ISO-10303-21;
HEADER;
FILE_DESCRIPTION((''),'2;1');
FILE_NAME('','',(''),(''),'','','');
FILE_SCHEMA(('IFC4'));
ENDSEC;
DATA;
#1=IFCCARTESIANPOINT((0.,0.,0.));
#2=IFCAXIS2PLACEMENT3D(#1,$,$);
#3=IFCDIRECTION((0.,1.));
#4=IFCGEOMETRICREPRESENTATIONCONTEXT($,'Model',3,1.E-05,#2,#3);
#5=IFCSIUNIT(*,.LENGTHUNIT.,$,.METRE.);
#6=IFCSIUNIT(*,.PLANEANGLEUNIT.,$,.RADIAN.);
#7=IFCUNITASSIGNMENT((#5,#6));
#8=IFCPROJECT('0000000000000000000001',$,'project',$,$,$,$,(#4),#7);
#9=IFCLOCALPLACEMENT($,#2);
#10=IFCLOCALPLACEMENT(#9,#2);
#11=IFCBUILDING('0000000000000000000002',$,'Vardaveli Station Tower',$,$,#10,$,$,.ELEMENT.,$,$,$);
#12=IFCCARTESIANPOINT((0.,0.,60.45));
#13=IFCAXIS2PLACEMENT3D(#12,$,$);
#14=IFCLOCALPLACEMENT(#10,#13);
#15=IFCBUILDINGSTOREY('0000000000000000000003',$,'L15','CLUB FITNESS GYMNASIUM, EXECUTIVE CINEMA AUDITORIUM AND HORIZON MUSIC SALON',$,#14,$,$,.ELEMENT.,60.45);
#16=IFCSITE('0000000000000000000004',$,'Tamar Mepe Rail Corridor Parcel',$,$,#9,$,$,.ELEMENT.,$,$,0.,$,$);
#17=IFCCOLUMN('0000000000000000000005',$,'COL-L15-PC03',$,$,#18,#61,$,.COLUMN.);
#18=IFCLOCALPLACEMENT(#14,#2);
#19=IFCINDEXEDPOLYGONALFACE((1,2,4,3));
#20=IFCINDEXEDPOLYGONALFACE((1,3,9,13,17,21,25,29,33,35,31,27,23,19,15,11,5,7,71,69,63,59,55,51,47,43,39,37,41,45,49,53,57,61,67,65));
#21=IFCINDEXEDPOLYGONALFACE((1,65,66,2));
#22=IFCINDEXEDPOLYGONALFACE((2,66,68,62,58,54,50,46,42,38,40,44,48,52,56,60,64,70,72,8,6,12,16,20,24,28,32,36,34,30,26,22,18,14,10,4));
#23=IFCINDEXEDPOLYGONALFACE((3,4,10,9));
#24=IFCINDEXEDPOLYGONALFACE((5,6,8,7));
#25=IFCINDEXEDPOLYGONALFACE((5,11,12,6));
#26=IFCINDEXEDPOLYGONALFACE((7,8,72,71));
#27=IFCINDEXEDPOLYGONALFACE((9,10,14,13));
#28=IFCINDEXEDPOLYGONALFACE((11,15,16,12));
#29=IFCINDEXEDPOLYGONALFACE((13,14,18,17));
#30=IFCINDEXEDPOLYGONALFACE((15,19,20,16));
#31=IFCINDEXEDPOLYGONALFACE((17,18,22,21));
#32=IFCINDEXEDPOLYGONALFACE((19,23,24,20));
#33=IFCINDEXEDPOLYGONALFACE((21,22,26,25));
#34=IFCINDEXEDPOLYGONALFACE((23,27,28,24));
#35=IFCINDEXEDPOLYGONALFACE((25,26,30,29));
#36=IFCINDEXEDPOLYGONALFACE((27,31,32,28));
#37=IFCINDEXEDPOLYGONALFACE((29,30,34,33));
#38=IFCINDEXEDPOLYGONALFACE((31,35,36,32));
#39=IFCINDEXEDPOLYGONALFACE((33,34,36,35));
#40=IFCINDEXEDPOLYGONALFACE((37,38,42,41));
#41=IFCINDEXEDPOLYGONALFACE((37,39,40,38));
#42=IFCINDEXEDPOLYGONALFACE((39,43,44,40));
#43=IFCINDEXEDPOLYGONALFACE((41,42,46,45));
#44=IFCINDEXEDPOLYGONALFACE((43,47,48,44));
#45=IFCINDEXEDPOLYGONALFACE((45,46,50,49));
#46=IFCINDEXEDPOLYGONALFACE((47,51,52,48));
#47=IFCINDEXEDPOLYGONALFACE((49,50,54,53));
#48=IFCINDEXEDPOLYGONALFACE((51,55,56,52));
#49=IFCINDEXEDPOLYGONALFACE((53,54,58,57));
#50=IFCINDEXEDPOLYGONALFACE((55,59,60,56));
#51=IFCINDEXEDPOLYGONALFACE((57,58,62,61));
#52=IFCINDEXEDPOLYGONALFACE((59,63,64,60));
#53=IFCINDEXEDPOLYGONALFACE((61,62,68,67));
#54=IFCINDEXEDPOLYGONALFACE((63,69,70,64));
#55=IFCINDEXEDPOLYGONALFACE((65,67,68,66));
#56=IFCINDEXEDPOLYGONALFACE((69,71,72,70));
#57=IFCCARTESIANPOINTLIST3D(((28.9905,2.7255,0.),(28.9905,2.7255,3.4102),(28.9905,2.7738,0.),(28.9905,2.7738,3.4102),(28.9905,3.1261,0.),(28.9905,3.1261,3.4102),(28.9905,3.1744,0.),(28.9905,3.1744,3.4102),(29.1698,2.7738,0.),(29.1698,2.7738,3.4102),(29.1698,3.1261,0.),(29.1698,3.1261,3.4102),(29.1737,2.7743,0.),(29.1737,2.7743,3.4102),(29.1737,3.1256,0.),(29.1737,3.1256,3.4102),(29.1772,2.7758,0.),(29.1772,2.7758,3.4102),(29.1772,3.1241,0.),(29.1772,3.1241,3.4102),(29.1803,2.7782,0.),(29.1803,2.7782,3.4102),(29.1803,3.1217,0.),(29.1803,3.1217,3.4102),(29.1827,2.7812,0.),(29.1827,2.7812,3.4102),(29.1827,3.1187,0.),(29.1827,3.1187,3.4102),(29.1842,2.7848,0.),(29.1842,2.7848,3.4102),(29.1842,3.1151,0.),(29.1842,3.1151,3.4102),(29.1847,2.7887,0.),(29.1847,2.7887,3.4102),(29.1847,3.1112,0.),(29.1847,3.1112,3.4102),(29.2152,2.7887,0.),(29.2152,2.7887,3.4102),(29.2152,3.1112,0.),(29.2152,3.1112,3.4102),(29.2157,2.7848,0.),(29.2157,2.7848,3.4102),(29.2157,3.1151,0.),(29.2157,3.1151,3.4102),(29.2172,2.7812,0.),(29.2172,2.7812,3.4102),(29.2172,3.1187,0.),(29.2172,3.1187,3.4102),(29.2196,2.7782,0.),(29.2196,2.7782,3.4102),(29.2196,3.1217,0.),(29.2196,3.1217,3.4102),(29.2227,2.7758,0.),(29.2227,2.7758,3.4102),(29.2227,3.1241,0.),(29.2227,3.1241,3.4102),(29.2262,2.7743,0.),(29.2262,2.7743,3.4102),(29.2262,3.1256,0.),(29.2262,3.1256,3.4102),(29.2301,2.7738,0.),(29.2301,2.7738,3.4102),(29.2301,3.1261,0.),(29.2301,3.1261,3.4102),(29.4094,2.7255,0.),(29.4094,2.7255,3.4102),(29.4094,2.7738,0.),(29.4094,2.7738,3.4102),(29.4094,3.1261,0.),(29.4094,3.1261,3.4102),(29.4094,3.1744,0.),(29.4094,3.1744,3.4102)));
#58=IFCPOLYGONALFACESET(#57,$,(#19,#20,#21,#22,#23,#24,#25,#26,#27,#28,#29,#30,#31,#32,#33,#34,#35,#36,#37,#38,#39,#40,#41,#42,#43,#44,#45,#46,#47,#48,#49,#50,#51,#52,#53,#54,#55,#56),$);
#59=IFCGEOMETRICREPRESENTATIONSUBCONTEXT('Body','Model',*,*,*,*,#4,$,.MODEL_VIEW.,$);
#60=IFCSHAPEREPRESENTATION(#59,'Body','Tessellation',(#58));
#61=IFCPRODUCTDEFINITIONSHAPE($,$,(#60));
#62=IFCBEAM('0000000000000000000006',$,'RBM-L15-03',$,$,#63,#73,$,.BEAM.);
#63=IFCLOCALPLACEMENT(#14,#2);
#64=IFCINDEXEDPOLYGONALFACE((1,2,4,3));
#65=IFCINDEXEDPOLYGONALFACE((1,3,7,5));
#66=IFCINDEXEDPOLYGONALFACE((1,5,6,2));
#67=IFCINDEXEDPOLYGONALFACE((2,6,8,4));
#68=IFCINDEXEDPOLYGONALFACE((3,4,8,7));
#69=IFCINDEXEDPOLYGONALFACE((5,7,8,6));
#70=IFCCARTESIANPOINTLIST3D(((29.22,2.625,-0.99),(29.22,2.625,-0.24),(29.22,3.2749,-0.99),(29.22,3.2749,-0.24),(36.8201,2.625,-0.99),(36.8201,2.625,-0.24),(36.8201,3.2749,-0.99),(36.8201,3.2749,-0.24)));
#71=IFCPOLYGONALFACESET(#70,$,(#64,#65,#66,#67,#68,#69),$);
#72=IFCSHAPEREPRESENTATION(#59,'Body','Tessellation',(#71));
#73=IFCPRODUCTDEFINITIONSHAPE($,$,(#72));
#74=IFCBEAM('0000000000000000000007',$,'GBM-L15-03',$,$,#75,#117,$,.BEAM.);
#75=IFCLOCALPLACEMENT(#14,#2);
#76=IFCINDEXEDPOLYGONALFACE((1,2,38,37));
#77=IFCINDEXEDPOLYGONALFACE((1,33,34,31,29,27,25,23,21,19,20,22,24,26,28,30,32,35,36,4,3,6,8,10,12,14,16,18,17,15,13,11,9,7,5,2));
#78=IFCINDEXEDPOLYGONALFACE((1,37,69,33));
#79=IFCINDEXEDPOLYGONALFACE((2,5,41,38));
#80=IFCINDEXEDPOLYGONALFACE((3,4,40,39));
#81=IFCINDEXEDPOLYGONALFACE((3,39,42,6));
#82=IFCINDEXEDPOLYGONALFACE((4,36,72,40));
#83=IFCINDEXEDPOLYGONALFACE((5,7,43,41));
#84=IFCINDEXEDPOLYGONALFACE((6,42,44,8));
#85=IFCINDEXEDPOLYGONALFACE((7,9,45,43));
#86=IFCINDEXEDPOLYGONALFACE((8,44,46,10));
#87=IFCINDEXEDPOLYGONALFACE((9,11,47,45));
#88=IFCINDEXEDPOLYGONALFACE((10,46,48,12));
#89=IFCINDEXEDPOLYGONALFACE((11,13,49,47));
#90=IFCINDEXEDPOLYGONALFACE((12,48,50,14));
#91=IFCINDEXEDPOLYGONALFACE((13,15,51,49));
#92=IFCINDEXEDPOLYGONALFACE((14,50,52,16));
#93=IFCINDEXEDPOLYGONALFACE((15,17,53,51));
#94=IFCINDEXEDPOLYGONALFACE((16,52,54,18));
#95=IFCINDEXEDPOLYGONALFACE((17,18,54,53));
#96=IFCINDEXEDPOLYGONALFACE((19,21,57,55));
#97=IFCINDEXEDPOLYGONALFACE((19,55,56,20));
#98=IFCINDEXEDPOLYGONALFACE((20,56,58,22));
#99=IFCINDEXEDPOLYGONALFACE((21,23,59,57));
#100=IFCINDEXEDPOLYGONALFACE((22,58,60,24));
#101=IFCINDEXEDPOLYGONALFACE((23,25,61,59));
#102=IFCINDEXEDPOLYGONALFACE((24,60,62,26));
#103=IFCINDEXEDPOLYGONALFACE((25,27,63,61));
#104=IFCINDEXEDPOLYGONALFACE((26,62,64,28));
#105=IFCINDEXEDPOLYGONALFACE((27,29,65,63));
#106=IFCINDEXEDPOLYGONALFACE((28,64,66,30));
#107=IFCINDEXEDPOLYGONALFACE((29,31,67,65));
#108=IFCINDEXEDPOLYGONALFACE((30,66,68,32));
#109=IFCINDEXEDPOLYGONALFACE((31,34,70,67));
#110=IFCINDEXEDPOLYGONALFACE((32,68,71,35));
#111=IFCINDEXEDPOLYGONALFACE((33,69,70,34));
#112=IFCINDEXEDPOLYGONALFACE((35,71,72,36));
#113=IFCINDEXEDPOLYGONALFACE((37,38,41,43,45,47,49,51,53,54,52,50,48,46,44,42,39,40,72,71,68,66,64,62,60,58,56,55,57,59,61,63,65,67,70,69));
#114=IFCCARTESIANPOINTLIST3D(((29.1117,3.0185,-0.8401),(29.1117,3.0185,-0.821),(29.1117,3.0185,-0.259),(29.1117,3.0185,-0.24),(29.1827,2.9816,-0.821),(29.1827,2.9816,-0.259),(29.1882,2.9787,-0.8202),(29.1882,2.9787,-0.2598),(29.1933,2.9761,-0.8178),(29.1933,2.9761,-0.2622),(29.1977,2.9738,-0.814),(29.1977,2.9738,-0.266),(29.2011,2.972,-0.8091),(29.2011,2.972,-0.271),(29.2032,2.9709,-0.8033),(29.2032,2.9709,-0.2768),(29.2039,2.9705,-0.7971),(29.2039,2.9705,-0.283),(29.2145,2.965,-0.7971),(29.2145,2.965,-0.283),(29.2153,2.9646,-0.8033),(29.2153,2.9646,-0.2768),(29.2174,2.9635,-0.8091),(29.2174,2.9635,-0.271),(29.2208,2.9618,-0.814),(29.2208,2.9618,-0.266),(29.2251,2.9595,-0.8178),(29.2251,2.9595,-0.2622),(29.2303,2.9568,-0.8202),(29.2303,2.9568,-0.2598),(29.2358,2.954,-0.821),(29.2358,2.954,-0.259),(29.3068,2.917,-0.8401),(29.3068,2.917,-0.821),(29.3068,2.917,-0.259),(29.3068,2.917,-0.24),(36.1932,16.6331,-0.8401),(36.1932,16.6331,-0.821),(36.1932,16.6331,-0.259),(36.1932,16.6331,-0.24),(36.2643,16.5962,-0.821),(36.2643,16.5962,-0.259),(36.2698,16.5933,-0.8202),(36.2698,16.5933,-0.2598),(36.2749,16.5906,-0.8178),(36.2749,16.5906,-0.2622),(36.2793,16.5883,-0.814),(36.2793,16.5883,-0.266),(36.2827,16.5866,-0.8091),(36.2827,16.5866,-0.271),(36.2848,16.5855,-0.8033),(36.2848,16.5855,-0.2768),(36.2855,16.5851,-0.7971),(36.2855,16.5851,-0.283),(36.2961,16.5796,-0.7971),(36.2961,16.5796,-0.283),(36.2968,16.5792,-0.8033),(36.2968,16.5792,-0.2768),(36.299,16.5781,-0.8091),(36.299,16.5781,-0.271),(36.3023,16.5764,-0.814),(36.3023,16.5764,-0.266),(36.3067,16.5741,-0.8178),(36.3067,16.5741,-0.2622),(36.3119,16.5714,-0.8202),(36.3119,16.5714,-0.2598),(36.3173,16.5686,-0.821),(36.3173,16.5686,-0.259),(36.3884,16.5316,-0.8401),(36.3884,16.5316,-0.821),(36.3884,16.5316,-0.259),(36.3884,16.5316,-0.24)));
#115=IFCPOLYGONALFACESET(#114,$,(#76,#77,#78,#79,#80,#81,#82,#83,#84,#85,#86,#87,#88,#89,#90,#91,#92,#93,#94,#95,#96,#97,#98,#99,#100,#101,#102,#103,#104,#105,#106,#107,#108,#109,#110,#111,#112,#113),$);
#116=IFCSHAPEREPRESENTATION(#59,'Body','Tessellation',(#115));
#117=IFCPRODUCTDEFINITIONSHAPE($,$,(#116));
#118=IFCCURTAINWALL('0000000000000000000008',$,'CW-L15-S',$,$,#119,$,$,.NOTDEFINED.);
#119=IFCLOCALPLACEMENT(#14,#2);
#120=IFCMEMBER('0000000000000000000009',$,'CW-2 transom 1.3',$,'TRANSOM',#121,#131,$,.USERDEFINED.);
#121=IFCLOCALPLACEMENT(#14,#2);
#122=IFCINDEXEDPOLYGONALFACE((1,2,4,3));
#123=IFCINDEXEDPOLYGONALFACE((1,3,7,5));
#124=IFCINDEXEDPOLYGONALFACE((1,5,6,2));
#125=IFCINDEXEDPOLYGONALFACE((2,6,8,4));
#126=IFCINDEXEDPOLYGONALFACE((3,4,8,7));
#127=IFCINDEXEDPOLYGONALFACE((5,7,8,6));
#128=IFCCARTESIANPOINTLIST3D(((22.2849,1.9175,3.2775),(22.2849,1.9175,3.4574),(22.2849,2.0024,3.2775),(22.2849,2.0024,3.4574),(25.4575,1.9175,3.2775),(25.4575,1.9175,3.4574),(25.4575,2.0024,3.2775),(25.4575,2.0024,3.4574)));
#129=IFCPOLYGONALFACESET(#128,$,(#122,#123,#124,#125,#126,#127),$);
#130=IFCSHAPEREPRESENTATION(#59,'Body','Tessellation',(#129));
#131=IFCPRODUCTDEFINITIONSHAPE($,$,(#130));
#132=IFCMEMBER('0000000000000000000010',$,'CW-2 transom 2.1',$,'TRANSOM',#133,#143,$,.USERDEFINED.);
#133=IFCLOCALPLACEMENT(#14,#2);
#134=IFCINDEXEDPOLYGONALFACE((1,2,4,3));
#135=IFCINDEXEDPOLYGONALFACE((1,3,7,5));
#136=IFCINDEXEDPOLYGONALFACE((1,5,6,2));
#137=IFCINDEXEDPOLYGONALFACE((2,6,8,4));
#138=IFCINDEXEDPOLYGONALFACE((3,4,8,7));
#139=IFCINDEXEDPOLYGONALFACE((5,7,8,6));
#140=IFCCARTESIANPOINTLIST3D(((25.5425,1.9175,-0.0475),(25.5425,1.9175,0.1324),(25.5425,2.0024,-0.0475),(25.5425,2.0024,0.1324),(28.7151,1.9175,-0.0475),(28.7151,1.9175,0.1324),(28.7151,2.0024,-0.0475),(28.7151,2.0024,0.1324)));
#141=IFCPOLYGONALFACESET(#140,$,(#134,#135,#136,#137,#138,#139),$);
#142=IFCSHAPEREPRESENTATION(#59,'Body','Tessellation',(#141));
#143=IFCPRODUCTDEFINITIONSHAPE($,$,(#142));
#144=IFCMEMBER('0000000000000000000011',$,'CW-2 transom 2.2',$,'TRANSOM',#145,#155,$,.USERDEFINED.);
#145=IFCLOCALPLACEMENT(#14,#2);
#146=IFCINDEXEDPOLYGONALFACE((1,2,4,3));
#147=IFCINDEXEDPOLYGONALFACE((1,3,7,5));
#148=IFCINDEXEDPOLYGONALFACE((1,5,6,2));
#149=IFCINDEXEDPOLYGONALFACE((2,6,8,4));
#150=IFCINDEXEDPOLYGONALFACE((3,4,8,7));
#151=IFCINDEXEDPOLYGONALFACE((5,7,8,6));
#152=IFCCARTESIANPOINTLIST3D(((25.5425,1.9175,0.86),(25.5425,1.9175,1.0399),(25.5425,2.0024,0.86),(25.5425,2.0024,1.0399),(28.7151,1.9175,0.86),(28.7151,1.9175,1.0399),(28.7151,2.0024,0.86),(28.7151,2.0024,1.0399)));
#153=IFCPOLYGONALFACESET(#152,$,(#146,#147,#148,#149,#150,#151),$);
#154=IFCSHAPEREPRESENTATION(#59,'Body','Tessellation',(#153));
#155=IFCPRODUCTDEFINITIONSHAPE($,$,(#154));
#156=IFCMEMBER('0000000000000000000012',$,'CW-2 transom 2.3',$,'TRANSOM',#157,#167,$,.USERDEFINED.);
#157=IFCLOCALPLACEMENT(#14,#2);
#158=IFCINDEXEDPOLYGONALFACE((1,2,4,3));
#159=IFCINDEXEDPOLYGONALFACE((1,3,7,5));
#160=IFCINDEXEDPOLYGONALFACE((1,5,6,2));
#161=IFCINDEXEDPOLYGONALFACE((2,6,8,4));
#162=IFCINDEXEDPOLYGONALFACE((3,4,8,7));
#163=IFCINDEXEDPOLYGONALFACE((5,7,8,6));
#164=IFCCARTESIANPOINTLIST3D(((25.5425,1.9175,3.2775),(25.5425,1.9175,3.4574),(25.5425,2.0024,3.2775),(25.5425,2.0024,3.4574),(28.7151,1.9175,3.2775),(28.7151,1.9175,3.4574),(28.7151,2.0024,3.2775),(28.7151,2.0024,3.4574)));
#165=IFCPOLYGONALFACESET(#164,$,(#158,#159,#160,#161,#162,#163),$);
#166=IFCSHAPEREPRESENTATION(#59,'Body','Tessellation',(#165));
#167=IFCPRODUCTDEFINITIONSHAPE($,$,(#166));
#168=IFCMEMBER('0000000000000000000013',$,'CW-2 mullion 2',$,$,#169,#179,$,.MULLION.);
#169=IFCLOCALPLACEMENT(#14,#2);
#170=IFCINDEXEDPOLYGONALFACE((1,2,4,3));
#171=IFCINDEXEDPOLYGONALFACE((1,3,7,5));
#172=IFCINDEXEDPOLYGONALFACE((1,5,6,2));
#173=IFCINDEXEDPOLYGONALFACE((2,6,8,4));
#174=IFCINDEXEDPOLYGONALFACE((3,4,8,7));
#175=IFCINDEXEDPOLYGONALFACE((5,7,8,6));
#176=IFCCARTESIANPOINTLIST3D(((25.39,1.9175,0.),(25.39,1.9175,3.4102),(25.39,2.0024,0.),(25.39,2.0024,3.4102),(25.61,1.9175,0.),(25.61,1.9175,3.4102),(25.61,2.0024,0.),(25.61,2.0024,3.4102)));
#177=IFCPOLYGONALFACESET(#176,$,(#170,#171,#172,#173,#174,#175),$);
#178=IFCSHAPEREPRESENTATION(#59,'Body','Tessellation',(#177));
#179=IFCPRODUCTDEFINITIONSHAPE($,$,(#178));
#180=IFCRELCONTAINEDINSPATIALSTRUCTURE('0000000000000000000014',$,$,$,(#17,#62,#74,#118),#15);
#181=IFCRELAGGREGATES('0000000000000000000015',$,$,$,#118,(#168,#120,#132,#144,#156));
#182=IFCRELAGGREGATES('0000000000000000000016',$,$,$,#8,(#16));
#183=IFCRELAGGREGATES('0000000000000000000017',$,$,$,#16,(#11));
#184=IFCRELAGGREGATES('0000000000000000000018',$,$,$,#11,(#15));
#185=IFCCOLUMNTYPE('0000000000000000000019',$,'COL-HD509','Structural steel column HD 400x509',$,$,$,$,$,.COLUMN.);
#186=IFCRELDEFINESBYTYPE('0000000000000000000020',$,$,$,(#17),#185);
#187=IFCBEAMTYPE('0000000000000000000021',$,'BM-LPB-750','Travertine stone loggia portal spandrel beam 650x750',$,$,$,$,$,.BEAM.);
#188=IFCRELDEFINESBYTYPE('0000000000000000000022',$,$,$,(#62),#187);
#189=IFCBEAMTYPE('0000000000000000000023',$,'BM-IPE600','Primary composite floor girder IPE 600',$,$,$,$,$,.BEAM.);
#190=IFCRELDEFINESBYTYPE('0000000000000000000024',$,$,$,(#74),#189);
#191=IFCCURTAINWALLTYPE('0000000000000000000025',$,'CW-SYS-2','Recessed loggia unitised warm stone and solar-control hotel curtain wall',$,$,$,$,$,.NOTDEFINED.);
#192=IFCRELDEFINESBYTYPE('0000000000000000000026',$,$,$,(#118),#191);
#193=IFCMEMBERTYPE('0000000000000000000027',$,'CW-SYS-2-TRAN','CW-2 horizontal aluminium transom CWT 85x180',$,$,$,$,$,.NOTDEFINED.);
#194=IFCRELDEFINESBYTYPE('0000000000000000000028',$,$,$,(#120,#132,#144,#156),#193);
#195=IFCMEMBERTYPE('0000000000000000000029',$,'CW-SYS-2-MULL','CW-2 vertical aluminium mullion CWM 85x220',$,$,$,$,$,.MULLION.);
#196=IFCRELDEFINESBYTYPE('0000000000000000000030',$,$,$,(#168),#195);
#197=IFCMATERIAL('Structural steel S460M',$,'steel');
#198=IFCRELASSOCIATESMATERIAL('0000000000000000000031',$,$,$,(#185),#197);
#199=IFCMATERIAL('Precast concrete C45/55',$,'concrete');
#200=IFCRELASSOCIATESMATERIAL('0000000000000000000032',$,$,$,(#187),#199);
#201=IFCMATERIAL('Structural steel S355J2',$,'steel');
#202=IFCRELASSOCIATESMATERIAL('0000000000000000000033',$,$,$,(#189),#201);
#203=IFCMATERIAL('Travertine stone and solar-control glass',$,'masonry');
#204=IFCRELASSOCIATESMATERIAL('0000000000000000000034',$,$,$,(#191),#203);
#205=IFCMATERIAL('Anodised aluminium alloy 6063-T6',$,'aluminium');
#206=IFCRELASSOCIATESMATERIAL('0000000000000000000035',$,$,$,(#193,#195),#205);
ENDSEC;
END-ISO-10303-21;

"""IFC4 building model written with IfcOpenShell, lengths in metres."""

from ifc_helpers import new_model, si_unit, direction, frame, origin, origin_2d, place, context, subcontext, project, spatial, rectangle, i_section, extrude, source, transform, mapped, material, material_profile, profile_set, type_object, element, aggregate, save


model = new_model("IFC4")

# Units and contexts
model_context = context("Model", 3, precision=1e-05, world=origin(), true_north=direction((0.0, 1.0)))
body_context = subcontext(model_context, "Body", "Model", "MODEL_VIEW")
ifc_project = project(units=[si_unit("LENGTHUNIT", "METRE"), si_unit("PLANEANGLEUNIT", "RADIAN")], contexts=[model_context])

# Site, building, storey
site_placement = place(None, origin())
site = spatial("IfcSite", under=ifc_project, at=site_placement, Name="Tamar Mepe Rail Corridor Parcel", CompositionType="ELEMENT", RefElevation=0.0)
building_placement = place(site_placement, origin())
building = spatial("IfcBuilding", under=site, at=building_placement, Name="Vardaveli Station Tower", CompositionType="ELEMENT")
storey_placement = place(building_placement, frame((0.0, 0.0, 60.45)))
storey = spatial("IfcBuildingStorey", under=building, at=storey_placement, Name="L15", Description="CLUB FITNESS GYMNASIUM, EXECUTIVE CINEMA AUDITORIUM AND HORIZON MUSIC SALON", CompositionType="ELEMENT", Elevation=60.45)

# Column
ifc_material_1 = material(Name="Structural steel S460M", Category="steel")
ifc_material_profile_1 = material_profile(ifc_material_1, i_section(OverallWidth=0.4189, OverallDepth=0.449, WebThickness=0.0305, FlangeThickness=0.0483, FilletRadius=0.0149, at=origin_2d()), Name="HD 400x509")
ifc_profile_set_1 = profile_set([ifc_material_profile_1], Name="Structural steel S460M")
column_type = type_object("IfcColumnType", Name="COL-HD509", Description="Structural steel column HD 400x509", PredefinedType="COLUMN", material=ifc_profile_set_1)
shared_shape_1 = source(origin(), body_context, "Body", "SweptSolid", [
    extrude(i_section(OverallWidth=0.4189, OverallDepth=0.449, WebThickness=0.0305, FlangeThickness=0.0483, FilletRadius=0.0149, at=origin_2d()), origin(), (0.0, 0.0, 1.0), 3.4102),
])
column_placement = place(storey_placement, frame((29.2, 2.95, 0.0), z_axis=(0.0, 0.0, 1.0), x_axis=(1.0, 0.0, 0.0)))
element("IfcColumn", 1, at=column_placement, inside=storey, type_object=column_type, Name="COL-L15-PC03", PredefinedType="COLUMN", context=body_context, shape_type="MappedRepresentation", body=[
    mapped(shared_shape_1, transform((0.0, 0.0, 0.0), scale=1.0)),
])

# Beams
ifc_material_2 = material(Name="Precast concrete C45/55", Category="concrete")
ifc_material_profile_2 = material_profile(ifc_material_2, rectangle(XDim=0.6499, YDim=0.75, at=origin_2d()), Name="LPB 650x750")
ifc_profile_set_2 = profile_set([ifc_material_profile_2], Name="Precast concrete C45/55")
beam_type_1 = type_object("IfcBeamType", Name="BM-LPB-750", Description="Travertine stone loggia portal spandrel beam 650x750", PredefinedType="BEAM", material=ifc_profile_set_2)
shared_shape_2 = source(origin(), body_context, "Body", "SweptSolid", [
    extrude(rectangle(XDim=0.6499, YDim=0.75, at=origin_2d()), origin(), (0.0, 0.0, 1.0), 7.6001),
])
beam_1_placement = place(storey_placement, frame((29.22, 2.95, -0.615), z_axis=(1.0, 0.0, 0.0), x_axis=(0.0, 1.0, 0.0)))
element("IfcBeam", 2, at=beam_1_placement, inside=storey, type_object=beam_type_1, Name="RBM-L15-03", PredefinedType="BEAM", context=body_context, shape_type="MappedRepresentation", body=[
    mapped(shared_shape_2, transform((0.0, 0.0, 0.0), scale=1.0)),
])
ifc_material_3 = material(Name="Structural steel S355J2", Category="steel")
ifc_material_profile_3 = material_profile(ifc_material_3, i_section(OverallWidth=0.22, OverallDepth=0.6001, WebThickness=0.012, FlangeThickness=0.019, FilletRadius=0.0239, at=origin_2d()), Name="IPE 600")
ifc_profile_set_3 = profile_set([ifc_material_profile_3], Name="Structural steel S355J2")
beam_type_2 = type_object("IfcBeamType", Name="BM-IPE600", Description="Primary composite floor girder IPE 600", PredefinedType="BEAM", material=ifc_profile_set_3)
shared_shape_3 = source(origin(), body_context, "Body", "SweptSolid", [
    extrude(i_section(OverallWidth=0.22, OverallDepth=0.6001, WebThickness=0.012, FlangeThickness=0.019, FilletRadius=0.0239, at=origin_2d()), origin(), (0.0, 0.0, 1.0), 15.3462),
])
beam_2_placement = place(storey_placement, frame((29.2092, 2.9678, -0.54), z_axis=(0.461455, 0.887163, 0.0), x_axis=(-0.887163, 0.461455, 0.0)))
element("IfcBeam", 3, at=beam_2_placement, inside=storey, type_object=beam_type_2, Name="GBM-L15-03", PredefinedType="BEAM", context=body_context, shape_type="MappedRepresentation", body=[
    mapped(shared_shape_3, transform((0.0, 0.0, 0.0), scale=1.0)),
])

# Curtain wall, members
ifc_material_4 = material(Name="Travertine stone and solar-control glass", Category="masonry")
curtain_wall_type = type_object("IfcCurtainWallType", Name="CW-SYS-2", Description="Recessed loggia unitised warm stone and solar-control hotel curtain wall", PredefinedType="NOTDEFINED", material=ifc_material_4)
curtain_wall_placement = place(storey_placement, origin())
curtain_wall = element("IfcCurtainWall", 4, at=curtain_wall_placement, inside=storey, type_object=curtain_wall_type, Name="CW-L15-S", PredefinedType="NOTDEFINED")
ifc_material_5 = material(Name="Anodised aluminium alloy 6063-T6", Category="aluminium")
ifc_material_profile_4 = material_profile(ifc_material_5, rectangle(XDim=0.085, YDim=0.1799, at=origin_2d()), Name="CWT 85x180")
ifc_profile_set_4 = profile_set([ifc_material_profile_4], Name="Anodised aluminium alloy 6063-T6")
member_type_1 = type_object("IfcMemberType", Name="CW-SYS-2-TRAN", Description="CW-2 horizontal aluminium transom CWT 85x180", PredefinedType="NOTDEFINED", material=ifc_profile_set_4)
shared_shape_4 = source(origin(), body_context, "Body", "SweptSolid", [
    extrude(rectangle(XDim=0.085, YDim=0.1799, at=origin_2d()), origin(), (0.0, 0.0, 1.0), 3.1726),
])
member_1_placement = place(storey_placement, frame((22.2849, 1.96, 3.3674), z_axis=(1.0, 0.0, 0.0), x_axis=(0.0, 1.0, 0.0)))
member_1 = element("IfcMember", 5, at=member_1_placement, type_object=member_type_1, Name="CW-2 transom 1.3", ObjectType="TRANSOM", PredefinedType="USERDEFINED", context=body_context, shape_type="MappedRepresentation", body=[
    mapped(shared_shape_4, transform((0.0, 0.0, 0.0), scale=1.0)),
])
member_2_placement = place(storey_placement, frame((25.5425, 1.96, 0.0425), z_axis=(1.0, 0.0, 0.0), x_axis=(0.0, 1.0, 0.0)))
member_2 = element("IfcMember", 6, at=member_2_placement, type_object=member_type_1, Name="CW-2 transom 2.1", ObjectType="TRANSOM", PredefinedType="USERDEFINED", context=body_context, shape_type="MappedRepresentation", body=[
    mapped(shared_shape_4, transform((0.0, 0.0, 0.0), scale=1.0)),
])
member_3_placement = place(storey_placement, frame((25.5425, 1.96, 0.95), z_axis=(1.0, 0.0, 0.0), x_axis=(0.0, 1.0, 0.0)))
member_3 = element("IfcMember", 7, at=member_3_placement, type_object=member_type_1, Name="CW-2 transom 2.2", ObjectType="TRANSOM", PredefinedType="USERDEFINED", context=body_context, shape_type="MappedRepresentation", body=[
    mapped(shared_shape_4, transform((0.0, 0.0, 0.0), scale=1.0)),
])
member_4_placement = place(storey_placement, frame((25.5425, 1.96, 3.3674), z_axis=(1.0, 0.0, 0.0), x_axis=(0.0, 1.0, 0.0)))
member_4 = element("IfcMember", 8, at=member_4_placement, type_object=member_type_1, Name="CW-2 transom 2.3", ObjectType="TRANSOM", PredefinedType="USERDEFINED", context=body_context, shape_type="MappedRepresentation", body=[
    mapped(shared_shape_4, transform((0.0, 0.0, 0.0), scale=1.0)),
])
ifc_material_profile_5 = material_profile(ifc_material_5, rectangle(XDim=0.085, YDim=0.22, at=origin_2d()), Name="CWM 85x220")
ifc_profile_set_5 = profile_set([ifc_material_profile_5], Name="Anodised aluminium alloy 6063-T6")
member_type_2 = type_object("IfcMemberType", Name="CW-SYS-2-MULL", Description="CW-2 vertical aluminium mullion CWM 85x220", PredefinedType="MULLION", material=ifc_profile_set_5)
shared_shape_5 = source(origin(), body_context, "Body", "SweptSolid", [
    extrude(rectangle(XDim=0.085, YDim=0.22, at=origin_2d()), origin(), (0.0, 0.0, 1.0), 3.4102),
])
member_5_placement = place(storey_placement, frame((25.5, 1.96, 0.0), z_axis=(0.0, 0.0, 1.0), x_axis=(0.0, 1.0, 0.0)))
member_5 = element("IfcMember", 9, at=member_5_placement, type_object=member_type_2, Name="CW-2 mullion 2", PredefinedType="MULLION", context=body_context, shape_type="MappedRepresentation", body=[
    mapped(shared_shape_5, transform((0.0, 0.0, 0.0), scale=1.0)),
])
aggregate(curtain_wall, [member_5, member_1, member_2, member_3, member_4])

save(model, "model.ifc")
